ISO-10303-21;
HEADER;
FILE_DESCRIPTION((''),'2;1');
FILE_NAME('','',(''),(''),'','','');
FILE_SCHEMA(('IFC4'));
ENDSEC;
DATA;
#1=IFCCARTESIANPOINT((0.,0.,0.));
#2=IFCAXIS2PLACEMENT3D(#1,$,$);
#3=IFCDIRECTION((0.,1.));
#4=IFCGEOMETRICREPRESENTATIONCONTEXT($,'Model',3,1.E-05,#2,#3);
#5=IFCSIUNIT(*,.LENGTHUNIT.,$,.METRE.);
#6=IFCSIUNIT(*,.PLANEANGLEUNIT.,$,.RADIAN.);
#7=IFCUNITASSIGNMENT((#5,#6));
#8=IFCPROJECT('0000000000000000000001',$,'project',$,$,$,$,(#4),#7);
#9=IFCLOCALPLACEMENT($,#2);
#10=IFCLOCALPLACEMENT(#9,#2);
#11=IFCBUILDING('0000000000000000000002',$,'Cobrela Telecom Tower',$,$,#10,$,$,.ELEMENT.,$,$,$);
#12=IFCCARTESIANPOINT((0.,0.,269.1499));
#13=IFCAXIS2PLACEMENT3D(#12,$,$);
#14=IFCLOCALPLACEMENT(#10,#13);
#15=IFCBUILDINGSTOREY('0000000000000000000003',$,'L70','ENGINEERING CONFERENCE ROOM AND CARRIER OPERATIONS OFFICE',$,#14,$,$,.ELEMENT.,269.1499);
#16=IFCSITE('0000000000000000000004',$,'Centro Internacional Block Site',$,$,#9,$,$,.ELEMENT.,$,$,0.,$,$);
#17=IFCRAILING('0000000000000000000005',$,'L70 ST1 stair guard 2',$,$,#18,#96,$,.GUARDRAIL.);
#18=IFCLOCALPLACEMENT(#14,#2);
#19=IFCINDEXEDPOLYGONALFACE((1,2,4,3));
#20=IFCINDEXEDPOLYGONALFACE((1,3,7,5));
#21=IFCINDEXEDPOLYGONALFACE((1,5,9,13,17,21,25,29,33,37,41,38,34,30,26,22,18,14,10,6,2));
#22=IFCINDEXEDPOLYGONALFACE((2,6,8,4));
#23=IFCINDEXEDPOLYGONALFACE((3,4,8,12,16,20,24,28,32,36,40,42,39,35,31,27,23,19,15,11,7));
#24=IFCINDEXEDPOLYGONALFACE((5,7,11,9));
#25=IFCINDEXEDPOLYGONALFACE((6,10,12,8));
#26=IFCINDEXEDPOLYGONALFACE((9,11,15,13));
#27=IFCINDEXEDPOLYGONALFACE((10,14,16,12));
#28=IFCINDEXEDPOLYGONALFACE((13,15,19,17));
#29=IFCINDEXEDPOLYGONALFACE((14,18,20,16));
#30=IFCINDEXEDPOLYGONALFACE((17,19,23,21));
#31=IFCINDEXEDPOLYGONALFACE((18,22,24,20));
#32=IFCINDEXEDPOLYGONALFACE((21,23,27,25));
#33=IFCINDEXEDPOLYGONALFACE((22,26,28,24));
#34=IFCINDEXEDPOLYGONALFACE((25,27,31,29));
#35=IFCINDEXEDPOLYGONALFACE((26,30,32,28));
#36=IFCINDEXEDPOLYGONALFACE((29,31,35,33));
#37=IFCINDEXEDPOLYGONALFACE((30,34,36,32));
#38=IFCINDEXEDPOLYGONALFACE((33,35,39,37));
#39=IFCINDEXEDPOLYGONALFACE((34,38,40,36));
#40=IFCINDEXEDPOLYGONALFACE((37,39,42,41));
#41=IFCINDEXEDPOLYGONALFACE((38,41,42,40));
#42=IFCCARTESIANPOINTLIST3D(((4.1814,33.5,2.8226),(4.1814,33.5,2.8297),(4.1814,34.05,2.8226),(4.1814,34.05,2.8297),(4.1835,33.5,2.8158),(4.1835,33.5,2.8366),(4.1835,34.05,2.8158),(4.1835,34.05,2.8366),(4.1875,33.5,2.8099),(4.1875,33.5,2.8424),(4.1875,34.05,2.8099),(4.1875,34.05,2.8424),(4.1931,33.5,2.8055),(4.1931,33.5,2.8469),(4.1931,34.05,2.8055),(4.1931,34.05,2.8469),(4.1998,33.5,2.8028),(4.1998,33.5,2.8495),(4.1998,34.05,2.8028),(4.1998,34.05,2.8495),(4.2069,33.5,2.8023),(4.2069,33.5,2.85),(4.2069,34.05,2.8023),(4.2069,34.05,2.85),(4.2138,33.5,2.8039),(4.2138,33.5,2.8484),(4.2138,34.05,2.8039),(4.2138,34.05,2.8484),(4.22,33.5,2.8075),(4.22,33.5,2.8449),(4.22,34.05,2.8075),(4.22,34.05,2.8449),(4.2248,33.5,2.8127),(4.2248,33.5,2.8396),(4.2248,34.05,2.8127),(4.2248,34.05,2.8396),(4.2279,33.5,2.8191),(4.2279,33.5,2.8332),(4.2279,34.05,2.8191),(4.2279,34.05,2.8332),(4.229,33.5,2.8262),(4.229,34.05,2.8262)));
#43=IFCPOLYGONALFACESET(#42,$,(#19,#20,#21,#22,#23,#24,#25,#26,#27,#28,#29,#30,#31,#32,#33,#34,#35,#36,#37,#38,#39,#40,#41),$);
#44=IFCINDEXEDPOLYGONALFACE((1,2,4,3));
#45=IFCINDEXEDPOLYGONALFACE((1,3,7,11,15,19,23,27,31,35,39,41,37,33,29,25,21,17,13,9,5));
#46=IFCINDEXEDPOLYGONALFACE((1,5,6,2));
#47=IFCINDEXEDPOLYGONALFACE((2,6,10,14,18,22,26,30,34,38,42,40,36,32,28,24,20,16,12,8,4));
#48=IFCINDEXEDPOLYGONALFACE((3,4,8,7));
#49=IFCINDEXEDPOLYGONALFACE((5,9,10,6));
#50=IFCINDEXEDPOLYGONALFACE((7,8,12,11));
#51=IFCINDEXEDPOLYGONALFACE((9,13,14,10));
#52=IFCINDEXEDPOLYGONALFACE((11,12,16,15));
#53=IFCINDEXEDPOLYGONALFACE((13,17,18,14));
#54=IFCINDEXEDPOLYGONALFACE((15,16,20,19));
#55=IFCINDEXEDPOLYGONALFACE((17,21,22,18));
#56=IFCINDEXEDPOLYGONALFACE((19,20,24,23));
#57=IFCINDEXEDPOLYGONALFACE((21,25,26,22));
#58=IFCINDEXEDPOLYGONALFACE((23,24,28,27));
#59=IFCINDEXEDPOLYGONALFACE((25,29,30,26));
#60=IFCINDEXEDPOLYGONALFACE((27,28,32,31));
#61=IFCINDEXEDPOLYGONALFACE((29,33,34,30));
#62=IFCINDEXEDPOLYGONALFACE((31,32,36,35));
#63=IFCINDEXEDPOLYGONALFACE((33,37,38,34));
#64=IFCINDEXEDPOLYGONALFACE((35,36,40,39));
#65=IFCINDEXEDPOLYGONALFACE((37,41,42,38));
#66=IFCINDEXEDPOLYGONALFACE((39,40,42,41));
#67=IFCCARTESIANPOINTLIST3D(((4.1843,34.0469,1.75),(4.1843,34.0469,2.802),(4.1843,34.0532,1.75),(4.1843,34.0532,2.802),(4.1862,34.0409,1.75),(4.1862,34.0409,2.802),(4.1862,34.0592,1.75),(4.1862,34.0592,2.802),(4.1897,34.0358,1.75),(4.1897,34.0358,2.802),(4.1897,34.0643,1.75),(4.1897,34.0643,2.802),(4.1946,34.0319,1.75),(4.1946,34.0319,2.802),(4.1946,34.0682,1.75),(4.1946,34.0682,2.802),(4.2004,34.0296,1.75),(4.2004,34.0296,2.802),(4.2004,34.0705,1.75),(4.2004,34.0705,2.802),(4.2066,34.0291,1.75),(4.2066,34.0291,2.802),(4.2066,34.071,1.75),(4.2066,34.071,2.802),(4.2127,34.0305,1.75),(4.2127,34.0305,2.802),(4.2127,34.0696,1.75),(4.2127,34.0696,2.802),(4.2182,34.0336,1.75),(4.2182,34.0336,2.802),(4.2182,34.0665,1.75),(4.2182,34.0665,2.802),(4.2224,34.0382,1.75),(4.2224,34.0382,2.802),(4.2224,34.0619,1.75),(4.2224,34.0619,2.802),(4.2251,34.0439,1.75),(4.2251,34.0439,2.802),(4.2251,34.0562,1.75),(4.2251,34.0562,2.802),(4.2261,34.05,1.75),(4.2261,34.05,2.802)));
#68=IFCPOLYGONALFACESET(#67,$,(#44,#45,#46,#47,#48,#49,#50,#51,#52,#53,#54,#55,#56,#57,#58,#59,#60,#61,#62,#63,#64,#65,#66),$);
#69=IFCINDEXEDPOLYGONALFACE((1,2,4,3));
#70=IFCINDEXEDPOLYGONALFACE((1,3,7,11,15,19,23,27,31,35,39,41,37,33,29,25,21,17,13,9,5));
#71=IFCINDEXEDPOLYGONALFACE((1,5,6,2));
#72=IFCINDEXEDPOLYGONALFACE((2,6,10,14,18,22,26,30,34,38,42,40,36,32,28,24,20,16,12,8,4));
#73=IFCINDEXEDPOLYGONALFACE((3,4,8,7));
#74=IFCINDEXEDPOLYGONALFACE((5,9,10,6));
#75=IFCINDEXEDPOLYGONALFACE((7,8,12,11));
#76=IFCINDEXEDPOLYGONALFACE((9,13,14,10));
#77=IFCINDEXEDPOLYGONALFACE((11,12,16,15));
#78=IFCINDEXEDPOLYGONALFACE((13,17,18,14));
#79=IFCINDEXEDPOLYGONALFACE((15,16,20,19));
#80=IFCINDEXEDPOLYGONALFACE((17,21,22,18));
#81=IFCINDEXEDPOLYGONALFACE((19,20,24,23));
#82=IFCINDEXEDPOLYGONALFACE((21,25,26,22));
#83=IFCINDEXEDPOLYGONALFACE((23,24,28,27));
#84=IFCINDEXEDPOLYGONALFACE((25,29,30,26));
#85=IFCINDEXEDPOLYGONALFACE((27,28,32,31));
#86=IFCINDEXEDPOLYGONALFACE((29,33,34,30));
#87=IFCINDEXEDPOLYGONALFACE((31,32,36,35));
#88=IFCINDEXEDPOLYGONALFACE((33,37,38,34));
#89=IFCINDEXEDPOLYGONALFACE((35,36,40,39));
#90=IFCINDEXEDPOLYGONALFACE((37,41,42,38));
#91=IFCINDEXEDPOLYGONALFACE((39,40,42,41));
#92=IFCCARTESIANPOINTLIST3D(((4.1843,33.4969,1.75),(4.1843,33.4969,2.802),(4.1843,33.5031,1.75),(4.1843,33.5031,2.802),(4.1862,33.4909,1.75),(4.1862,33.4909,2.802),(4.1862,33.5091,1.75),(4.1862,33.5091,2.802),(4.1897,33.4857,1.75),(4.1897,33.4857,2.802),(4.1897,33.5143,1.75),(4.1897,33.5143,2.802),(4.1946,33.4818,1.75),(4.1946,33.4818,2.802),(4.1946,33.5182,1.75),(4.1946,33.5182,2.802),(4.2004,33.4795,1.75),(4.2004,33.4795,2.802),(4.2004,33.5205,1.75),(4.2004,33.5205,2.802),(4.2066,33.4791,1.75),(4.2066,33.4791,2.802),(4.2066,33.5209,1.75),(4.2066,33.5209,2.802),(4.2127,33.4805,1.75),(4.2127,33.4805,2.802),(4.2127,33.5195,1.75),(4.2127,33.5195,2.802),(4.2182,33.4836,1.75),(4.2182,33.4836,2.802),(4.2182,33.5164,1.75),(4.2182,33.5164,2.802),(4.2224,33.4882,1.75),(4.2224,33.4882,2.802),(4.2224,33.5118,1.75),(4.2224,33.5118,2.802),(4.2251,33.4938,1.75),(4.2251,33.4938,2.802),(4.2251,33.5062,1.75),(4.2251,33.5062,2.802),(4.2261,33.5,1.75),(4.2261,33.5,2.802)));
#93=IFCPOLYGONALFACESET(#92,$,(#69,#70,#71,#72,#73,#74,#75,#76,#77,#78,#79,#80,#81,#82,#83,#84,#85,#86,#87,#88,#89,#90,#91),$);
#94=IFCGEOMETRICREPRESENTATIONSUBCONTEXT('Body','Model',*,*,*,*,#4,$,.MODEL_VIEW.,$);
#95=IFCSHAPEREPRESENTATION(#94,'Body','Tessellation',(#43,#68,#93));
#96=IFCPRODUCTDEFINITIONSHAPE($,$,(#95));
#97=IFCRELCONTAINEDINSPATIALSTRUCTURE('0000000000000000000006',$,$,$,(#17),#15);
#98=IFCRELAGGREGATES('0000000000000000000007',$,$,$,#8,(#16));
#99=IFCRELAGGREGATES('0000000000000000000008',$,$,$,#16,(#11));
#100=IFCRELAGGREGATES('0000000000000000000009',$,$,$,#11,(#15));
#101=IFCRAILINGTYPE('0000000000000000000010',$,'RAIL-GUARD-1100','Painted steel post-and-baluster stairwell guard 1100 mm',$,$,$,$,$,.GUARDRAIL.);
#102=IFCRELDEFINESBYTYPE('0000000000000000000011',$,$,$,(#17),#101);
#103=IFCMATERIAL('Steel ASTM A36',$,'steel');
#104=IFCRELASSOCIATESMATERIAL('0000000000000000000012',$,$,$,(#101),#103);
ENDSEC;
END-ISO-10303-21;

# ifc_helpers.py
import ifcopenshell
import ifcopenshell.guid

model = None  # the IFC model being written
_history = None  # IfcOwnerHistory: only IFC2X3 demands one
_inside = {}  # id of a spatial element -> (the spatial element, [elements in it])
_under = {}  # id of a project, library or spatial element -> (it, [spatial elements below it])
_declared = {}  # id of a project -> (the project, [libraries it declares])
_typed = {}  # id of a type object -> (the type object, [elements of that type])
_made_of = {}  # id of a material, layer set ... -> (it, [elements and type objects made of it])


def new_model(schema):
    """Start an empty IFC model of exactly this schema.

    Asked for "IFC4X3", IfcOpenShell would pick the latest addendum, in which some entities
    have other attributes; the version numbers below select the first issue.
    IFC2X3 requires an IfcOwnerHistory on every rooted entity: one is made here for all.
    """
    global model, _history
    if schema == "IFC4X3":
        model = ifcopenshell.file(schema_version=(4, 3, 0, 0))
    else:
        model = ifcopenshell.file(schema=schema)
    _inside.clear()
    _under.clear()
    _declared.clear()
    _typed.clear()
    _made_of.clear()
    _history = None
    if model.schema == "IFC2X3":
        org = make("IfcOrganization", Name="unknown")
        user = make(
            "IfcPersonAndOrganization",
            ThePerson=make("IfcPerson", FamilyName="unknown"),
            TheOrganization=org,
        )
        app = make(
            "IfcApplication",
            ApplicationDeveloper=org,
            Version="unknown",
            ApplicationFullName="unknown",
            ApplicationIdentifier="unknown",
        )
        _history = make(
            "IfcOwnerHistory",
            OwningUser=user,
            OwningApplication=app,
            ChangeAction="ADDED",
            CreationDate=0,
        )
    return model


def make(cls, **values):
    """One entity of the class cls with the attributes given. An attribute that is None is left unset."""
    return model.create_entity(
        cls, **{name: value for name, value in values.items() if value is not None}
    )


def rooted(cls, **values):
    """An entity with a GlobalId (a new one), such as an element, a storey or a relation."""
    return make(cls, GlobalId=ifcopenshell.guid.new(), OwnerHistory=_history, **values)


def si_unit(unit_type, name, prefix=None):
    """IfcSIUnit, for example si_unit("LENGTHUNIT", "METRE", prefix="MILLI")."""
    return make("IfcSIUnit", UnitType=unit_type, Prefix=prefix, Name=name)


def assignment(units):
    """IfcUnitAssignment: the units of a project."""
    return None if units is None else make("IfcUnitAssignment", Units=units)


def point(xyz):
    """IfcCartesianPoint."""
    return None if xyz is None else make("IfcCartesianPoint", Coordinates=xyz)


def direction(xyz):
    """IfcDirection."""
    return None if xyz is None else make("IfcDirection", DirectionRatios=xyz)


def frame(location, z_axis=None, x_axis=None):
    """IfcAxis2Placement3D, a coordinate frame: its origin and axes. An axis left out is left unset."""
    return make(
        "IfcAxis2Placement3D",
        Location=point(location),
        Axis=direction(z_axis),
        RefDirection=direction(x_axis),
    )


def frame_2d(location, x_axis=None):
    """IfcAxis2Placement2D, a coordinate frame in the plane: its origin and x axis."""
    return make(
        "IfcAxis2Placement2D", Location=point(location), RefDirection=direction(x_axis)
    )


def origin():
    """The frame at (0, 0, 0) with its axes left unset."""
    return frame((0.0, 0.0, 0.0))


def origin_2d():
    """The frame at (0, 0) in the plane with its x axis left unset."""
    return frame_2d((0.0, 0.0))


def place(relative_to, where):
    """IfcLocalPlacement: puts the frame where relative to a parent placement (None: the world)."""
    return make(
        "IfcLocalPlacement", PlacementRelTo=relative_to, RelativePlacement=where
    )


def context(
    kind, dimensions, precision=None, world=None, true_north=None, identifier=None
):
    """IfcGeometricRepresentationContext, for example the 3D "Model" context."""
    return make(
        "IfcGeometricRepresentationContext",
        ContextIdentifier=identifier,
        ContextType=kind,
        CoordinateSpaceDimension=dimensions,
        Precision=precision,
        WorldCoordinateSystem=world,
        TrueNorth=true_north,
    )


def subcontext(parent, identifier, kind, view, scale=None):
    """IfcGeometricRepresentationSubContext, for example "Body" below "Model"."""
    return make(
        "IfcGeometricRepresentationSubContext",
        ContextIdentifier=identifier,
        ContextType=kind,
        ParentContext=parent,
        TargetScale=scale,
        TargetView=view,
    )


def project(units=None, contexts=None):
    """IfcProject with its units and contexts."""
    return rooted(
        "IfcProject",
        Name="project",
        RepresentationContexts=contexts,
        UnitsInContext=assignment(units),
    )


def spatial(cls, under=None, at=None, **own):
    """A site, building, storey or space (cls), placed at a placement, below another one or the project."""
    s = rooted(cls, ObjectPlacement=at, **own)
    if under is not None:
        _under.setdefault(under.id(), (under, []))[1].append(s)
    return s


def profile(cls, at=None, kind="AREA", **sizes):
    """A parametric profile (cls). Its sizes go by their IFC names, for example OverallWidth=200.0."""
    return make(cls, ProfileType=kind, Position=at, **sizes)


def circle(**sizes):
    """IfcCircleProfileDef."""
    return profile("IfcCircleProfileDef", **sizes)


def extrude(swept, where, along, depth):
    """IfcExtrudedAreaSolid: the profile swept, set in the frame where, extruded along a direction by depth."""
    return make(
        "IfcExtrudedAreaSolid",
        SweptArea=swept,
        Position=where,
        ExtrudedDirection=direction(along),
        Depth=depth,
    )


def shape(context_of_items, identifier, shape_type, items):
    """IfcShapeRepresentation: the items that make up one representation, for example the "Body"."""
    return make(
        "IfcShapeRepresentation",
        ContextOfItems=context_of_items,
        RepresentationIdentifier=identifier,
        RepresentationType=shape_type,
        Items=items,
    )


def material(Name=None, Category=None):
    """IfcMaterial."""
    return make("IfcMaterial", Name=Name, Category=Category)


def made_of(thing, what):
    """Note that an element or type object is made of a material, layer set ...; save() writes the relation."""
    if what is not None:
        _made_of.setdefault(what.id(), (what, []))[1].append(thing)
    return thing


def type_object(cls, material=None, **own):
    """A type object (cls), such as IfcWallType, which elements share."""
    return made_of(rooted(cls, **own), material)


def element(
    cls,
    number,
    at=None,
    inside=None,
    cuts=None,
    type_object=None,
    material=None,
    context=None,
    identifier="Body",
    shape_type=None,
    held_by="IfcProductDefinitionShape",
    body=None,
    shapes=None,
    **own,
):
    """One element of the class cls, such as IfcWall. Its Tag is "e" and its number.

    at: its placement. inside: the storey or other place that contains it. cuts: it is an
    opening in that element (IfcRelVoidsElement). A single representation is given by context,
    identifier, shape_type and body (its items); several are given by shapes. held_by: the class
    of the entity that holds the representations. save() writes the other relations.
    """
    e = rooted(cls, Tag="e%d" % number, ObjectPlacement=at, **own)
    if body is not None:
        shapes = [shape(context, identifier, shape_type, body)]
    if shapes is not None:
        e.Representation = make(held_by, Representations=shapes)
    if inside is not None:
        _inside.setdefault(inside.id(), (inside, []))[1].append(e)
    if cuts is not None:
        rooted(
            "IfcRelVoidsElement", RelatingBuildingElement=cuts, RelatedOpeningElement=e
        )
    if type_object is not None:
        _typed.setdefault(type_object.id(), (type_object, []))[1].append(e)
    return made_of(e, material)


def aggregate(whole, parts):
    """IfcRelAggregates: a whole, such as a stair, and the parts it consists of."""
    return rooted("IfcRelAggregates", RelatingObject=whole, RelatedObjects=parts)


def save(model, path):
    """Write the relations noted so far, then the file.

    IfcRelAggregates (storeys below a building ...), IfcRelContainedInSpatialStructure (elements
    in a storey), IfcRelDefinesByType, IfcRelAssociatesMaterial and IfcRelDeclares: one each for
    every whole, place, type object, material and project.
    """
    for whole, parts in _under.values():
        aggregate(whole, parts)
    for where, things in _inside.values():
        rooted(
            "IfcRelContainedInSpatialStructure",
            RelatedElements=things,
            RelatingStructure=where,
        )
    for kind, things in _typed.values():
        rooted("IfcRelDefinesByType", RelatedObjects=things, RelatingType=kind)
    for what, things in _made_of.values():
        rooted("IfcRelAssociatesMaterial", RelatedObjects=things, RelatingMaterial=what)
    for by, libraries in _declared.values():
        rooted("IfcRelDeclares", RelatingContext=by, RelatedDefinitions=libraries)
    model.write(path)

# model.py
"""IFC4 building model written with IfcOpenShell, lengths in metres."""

from ifc_helpers import new_model, si_unit, direction, frame, origin, origin_2d, place, context, subcontext, project, spatial, circle, extrude, material, type_object, element, save


model = new_model("IFC4")

# Units and contexts
model_context = context("Model", 3, precision=1e-05, world=origin(), true_north=direction((0.0, 1.0)))
body_context = subcontext(model_context, "Body", "Model", "MODEL_VIEW")
ifc_project = project(units=[si_unit("LENGTHUNIT", "METRE"), si_unit("PLANEANGLEUNIT", "RADIAN")], contexts=[model_context])

# Site, building, storey
site_placement = place(None, origin())
site = spatial("IfcSite", under=ifc_project, at=site_placement, Name="Centro Internacional Block Site", CompositionType="ELEMENT", RefElevation=0.0)
building_placement = place(site_placement, origin())
building = spatial("IfcBuilding", under=site, at=building_placement, Name="Cobrela Telecom Tower", CompositionType="ELEMENT")
storey_placement = place(building_placement, frame((0.0, 0.0, 269.1499)))
storey = spatial("IfcBuildingStorey", under=building, at=storey_placement, Name="L70", Description="ENGINEERING CONFERENCE ROOM AND CARRIER OPERATIONS OFFICE", CompositionType="ELEMENT", Elevation=269.1499)

# Shared definitions
ifc_material_1 = material(Name="Steel ASTM A36", Category="steel")

# Railing
railing_type_1 = type_object("IfcRailingType", Name="RAIL-GUARD-1100", Description="Painted steel post-and-baluster stairwell guard 1100 mm", PredefinedType="GUARDRAIL", material=ifc_material_1)
railing_1_placement = place(storey_placement, frame((4.2051, 34.05, 1.75)))
element("IfcRailing", 1, at=railing_1_placement, inside=storey, type_object=railing_type_1, Name="L70 ST1 stair guard 2", PredefinedType="GUARDRAIL", context=body_context, shape_type="SweptSolid", body=[
    extrude(circle(Radius=0.0239, at=origin_2d()), frame((0.0, 0.0, 1.0762), z_axis=(0.0, -1.0, 0.0), x_axis=(1.0, 0.0, 0.0)), (0.0, 0.0, 1.0), 0.55),
    extrude(circle(Radius=0.021, at=origin_2d()), origin(), (0.0, 0.0, 1.0), 1.052),
    extrude(circle(Radius=0.021, at=origin_2d()), frame((0.0, -0.55, 0.0)), (0.0, 0.0, 1.0), 1.052),
])

save(model, "model.ifc")
